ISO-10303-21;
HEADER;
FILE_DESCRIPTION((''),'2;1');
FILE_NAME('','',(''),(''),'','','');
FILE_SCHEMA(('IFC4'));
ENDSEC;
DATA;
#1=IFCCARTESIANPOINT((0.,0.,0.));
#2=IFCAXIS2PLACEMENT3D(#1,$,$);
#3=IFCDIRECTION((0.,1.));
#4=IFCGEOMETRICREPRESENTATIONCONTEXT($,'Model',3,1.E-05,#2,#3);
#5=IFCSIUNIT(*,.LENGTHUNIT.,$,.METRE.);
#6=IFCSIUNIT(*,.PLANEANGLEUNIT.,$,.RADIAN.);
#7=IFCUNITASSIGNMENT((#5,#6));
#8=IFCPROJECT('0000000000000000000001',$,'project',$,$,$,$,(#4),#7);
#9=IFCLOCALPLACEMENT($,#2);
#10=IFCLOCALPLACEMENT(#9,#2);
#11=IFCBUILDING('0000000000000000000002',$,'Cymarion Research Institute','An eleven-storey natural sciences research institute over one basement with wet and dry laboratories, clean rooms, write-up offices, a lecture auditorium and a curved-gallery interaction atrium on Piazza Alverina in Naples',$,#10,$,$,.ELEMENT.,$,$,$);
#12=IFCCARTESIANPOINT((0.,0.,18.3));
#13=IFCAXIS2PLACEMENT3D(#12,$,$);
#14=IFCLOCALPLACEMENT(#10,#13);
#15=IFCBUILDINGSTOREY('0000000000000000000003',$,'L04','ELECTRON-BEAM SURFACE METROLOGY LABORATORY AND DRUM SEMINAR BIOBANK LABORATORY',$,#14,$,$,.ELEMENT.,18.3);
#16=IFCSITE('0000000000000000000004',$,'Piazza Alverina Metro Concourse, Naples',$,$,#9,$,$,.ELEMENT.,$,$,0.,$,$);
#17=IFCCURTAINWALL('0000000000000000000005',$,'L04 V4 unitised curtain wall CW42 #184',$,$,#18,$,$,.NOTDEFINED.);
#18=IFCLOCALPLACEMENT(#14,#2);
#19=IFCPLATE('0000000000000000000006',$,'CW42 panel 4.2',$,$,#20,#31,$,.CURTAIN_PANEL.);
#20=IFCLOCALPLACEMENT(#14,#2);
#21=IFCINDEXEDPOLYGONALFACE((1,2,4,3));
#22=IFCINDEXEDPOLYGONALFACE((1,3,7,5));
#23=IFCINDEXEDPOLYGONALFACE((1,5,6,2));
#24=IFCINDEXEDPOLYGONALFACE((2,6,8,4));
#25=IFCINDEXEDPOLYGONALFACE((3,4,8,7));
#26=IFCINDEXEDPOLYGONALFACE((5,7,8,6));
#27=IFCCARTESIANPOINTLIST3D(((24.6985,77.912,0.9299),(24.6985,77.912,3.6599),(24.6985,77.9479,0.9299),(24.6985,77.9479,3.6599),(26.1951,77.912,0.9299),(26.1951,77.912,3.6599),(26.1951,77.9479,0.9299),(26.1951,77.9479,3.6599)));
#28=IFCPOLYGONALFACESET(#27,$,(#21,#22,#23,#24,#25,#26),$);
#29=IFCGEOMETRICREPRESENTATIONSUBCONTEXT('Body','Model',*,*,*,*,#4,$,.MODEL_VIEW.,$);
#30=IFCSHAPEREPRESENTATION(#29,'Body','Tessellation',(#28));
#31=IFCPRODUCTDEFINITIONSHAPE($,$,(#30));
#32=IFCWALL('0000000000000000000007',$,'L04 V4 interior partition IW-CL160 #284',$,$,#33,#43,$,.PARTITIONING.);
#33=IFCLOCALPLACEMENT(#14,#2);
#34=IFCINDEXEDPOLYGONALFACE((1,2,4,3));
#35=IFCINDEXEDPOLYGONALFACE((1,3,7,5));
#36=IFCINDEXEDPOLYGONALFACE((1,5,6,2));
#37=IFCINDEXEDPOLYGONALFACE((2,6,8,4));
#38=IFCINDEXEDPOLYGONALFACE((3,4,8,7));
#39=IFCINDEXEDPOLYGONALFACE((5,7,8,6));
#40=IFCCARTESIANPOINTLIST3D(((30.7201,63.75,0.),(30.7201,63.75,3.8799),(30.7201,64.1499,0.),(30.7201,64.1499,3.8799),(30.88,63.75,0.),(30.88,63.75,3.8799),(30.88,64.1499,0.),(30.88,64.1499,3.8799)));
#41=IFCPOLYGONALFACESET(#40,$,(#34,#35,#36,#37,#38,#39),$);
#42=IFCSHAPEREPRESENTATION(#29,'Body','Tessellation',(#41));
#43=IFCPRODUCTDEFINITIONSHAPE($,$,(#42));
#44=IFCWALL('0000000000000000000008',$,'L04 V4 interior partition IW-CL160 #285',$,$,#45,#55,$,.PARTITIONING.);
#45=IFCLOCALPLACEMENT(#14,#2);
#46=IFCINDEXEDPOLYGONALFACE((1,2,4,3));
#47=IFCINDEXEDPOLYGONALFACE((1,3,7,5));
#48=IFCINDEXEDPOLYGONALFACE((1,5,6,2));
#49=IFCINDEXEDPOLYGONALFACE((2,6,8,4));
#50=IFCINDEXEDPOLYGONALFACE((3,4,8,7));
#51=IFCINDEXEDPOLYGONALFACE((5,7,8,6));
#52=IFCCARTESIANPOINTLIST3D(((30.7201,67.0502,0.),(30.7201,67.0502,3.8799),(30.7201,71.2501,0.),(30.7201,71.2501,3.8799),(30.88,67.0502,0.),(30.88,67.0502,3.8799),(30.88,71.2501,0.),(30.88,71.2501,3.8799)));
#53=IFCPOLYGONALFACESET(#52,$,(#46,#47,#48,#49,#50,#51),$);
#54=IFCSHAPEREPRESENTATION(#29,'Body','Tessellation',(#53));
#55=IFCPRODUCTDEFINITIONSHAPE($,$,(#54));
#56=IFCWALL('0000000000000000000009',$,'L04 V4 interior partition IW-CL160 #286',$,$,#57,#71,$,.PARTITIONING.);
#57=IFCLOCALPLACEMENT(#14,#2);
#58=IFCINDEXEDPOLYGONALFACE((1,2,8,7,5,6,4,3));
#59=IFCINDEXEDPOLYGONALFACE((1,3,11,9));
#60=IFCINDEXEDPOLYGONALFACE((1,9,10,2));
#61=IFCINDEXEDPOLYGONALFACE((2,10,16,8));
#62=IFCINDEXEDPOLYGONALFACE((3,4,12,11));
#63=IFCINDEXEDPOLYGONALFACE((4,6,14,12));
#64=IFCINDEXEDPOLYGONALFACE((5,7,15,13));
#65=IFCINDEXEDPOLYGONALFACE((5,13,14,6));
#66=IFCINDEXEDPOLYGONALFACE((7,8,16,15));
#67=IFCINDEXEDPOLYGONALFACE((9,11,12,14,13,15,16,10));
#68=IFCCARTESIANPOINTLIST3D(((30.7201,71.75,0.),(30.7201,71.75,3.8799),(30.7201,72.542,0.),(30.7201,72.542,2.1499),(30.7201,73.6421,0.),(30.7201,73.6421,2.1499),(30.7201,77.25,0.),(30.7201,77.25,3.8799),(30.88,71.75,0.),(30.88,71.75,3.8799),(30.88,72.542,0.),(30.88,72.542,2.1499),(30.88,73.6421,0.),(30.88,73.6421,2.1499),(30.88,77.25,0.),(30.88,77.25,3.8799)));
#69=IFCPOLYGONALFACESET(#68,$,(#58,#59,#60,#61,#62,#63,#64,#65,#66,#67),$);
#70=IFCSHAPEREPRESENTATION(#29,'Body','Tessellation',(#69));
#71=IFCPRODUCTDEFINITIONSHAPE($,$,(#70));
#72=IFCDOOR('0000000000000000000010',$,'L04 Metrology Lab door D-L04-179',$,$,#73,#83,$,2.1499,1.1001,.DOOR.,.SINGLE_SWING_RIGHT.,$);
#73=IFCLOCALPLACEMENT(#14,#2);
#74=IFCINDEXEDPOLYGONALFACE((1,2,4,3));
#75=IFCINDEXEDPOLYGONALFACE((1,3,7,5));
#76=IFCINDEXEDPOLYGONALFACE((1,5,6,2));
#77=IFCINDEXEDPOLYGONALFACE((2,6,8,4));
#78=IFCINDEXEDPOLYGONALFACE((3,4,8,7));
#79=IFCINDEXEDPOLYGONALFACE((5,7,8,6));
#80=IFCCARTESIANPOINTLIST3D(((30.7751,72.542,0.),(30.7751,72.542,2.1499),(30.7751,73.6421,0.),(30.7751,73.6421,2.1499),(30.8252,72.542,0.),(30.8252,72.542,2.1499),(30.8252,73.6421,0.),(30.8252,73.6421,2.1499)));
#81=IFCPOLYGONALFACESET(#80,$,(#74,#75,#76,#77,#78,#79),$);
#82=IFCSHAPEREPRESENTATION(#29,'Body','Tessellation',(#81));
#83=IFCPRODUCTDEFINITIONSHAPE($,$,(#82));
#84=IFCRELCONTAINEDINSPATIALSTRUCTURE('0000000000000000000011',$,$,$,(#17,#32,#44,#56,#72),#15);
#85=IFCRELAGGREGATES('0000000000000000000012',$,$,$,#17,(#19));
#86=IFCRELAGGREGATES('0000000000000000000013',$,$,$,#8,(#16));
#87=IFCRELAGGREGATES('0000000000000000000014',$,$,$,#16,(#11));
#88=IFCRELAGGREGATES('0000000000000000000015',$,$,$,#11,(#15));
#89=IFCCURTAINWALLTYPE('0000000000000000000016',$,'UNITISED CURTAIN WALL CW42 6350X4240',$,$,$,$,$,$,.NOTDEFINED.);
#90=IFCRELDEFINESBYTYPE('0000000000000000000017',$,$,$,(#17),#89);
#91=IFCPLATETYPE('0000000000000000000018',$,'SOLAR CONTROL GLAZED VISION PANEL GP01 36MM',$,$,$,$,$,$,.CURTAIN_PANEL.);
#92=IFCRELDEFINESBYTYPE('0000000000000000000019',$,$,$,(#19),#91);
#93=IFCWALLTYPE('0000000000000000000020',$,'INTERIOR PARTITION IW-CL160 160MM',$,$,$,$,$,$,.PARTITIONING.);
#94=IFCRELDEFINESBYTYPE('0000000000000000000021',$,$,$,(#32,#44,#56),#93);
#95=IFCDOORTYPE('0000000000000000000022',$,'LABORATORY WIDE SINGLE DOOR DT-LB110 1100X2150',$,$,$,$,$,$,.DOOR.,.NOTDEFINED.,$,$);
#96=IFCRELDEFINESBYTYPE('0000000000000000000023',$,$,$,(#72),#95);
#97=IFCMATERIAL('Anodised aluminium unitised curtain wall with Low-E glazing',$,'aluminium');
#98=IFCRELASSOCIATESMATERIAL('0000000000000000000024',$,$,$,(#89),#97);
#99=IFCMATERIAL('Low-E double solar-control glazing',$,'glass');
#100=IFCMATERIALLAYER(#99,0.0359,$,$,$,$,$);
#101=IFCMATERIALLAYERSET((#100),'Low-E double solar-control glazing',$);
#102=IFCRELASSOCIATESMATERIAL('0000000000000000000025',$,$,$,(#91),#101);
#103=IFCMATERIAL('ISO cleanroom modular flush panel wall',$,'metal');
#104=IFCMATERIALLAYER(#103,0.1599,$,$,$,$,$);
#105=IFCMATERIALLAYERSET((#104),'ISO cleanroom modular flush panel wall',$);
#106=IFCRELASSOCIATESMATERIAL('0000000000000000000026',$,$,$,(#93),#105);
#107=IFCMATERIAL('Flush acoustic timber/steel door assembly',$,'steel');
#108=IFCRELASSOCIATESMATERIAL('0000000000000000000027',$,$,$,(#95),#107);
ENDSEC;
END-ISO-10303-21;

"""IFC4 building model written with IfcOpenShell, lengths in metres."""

from ifc_helpers import new_model, si_unit, direction, frame, frame_2d, origin, origin_2d, place, context, subcontext, project, spatial, rectangle, extrude, material, layer, layer_set, type_object, element, fill, aggregate, save


model = new_model("IFC4")

# Units and contexts
model_context = context("Model", 3, precision=1e-05, world=origin(), true_north=direction((0.0, 1.0)))
body_context = subcontext(model_context, "Body", "Model", "MODEL_VIEW")
ifc_project = project(units=[si_unit("LENGTHUNIT", "METRE"), si_unit("PLANEANGLEUNIT", "RADIAN")], contexts=[model_context])

# Site, building, storey
site_placement = place(None, origin())
site = spatial("IfcSite", under=ifc_project, at=site_placement, Name="Piazza Alverina Metro Concourse, Naples", CompositionType="ELEMENT", RefElevation=0.0)
building_placement = place(site_placement, origin())
building = spatial("IfcBuilding", under=site, at=building_placement, Name="Cymarion Research Institute", Description="An eleven-storey natural sciences research institute over one basement with wet and dry laboratories, clean rooms, write-up offices, a lecture auditorium and a curved-gallery interaction atrium on Piazza Alverina in Naples", CompositionType="ELEMENT")
storey_placement = place(building_placement, frame((0.0, 0.0, 18.3)))
storey = spatial("IfcBuildingStorey", under=building, at=storey_placement, Name="L04", Description="ELECTRON-BEAM SURFACE METROLOGY LABORATORY AND DRUM SEMINAR BIOBANK LABORATORY", CompositionType="ELEMENT", Elevation=18.3)

# Curtain wall
ifc_material_1 = material(Name="Anodised aluminium unitised curtain wall with Low-E glazing", Category="aluminium")
curtain_wall_type = type_object("IfcCurtainWallType", Name="UNITISED CURTAIN WALL CW42 6350X4240", PredefinedType="NOTDEFINED", material=ifc_material_1)
curtain_wall_placement = place(storey_placement, origin())
curtain_wall = element("IfcCurtainWall", 1, at=curtain_wall_placement, inside=storey, type_object=curtain_wall_type, Name="L04 V4 unitised curtain wall CW42 #184", PredefinedType="NOTDEFINED")

# Plate
ifc_material_2 = material(Name="Low-E double solar-control glazing", Category="glass")
ifc_layer_1 = layer(ifc_material_2, 0.0359)
ifc_layer_set_1 = layer_set([ifc_layer_1], Name="Low-E double solar-control glazing")
plate_type_1 = type_object("IfcPlateType", Name="SOLAR CONTROL GLAZED VISION PANEL GP01 36MM", PredefinedType="CURTAIN_PANEL", material=ifc_layer_set_1)
plate_1_placement = place(storey_placement, frame((25.4468, 77.9299, 0.9299), z_axis=(0.0, 0.0, 1.0), x_axis=(-1.0, 0.0, 0.0)))
plate_1 = element("IfcPlate", 2, at=plate_1_placement, type_object=plate_type_1, Name="CW42 panel 4.2", PredefinedType="CURTAIN_PANEL", context=body_context, shape_type="SweptSolid", body=[
    extrude(rectangle(XDim=1.4966, YDim=0.0359, at=origin_2d()), origin(), (0.0, 0.0, 1.0), 2.73),
])
aggregate(curtain_wall, [plate_1])

# Walls
ifc_material_3 = material(Name="ISO cleanroom modular flush panel wall", Category="metal")
ifc_layer_2 = layer(ifc_material_3, 0.1599)
ifc_layer_set_2 = layer_set([ifc_layer_2], Name="ISO cleanroom modular flush panel wall")
wall_type = type_object("IfcWallType", Name="INTERIOR PARTITION IW-CL160 160MM", PredefinedType="PARTITIONING", material=ifc_layer_set_2)
wall_1_placement = place(storey_placement, frame((30.8, 63.75, 0.0), z_axis=(0.0, 0.0, 1.0), x_axis=(0.0, 1.0, 0.0)))
element("IfcWall", 3, at=wall_1_placement, inside=storey, type_object=wall_type, Name="L04 V4 interior partition IW-CL160 #284", PredefinedType="PARTITIONING", context=body_context, shape_type="SweptSolid", body=[
    extrude(rectangle(XDim=0.3999, YDim=0.1599, at=frame_2d((0.2, 0.0))), origin(), (0.0, 0.0, 1.0), 3.8799),
])
wall_2_placement = place(storey_placement, frame((30.8, 67.05, 0.0), z_axis=(0.0, 0.0, 1.0), x_axis=(0.0, 1.0, 0.0)))
element("IfcWall", 4, at=wall_2_placement, inside=storey, type_object=wall_type, Name="L04 V4 interior partition IW-CL160 #285", PredefinedType="PARTITIONING", context=body_context, shape_type="SweptSolid", body=[
    extrude(rectangle(XDim=4.2, YDim=0.1599, at=frame_2d((2.1001, 0.0))), origin(), (0.0, 0.0, 1.0), 3.8799),
])

# Wall, opening, door
wall_3_placement = place(storey_placement, frame((30.8, 71.75, 0.0), z_axis=(0.0, 0.0, 1.0), x_axis=(0.0, 1.0, 0.0)))
wall_3 = element("IfcWall", 5, at=wall_3_placement, inside=storey, type_object=wall_type, Name="L04 V4 interior partition IW-CL160 #286", PredefinedType="PARTITIONING", context=body_context, shape_type="SweptSolid", body=[
    extrude(rectangle(XDim=5.5, YDim=0.1599, at=frame_2d((2.75, 0.0))), origin(), (0.0, 0.0, 1.0), 3.8799),
])
opening_placement = place(wall_3_placement, frame((0.792, 0.0, 0.0)))
opening = element("IfcOpeningElement", 6, at=opening_placement, cuts=wall_3, PredefinedType="OPENING", context=body_context, shape_type="SweptSolid", body=[
    extrude(rectangle(XDim=1.1001, YDim=2.1499, at=frame_2d((0.55, 1.075))), frame((0.0, 0.0898, 0.0), z_axis=(0.0, -1.0, 0.0), x_axis=(1.0, 0.0, 0.0)), (0.0, 0.0, 1.0), 0.1799),
])
ifc_material_4 = material(Name="Flush acoustic timber/steel door assembly", Category="steel")
door_type = type_object("IfcDoorType", Name="LABORATORY WIDE SINGLE DOOR DT-LB110 1100X2150", OperationType="NOTDEFINED", PredefinedType="DOOR", material=ifc_material_4)
door_placement = place(opening_placement, origin())
door = element("IfcDoor", 7, at=door_placement, inside=storey, type_object=door_type, Name="L04 Metrology Lab door D-L04-179", OperationType="SINGLE_SWING_RIGHT", OverallHeight=2.1499, OverallWidth=1.1001, PredefinedType="DOOR", context=body_context, shape_type="SweptSolid", body=[
    extrude(rectangle(XDim=1.1001, YDim=2.1499, at=frame_2d((0.55, 1.075))), frame((0.0, 0.0249, 0.0), z_axis=(0.0, -1.0, 0.0), x_axis=(1.0, 0.0, 0.0)), (0.0, 0.0, 1.0), 0.05),
])
fill(opening, door)

save(model, "model.ifc")
